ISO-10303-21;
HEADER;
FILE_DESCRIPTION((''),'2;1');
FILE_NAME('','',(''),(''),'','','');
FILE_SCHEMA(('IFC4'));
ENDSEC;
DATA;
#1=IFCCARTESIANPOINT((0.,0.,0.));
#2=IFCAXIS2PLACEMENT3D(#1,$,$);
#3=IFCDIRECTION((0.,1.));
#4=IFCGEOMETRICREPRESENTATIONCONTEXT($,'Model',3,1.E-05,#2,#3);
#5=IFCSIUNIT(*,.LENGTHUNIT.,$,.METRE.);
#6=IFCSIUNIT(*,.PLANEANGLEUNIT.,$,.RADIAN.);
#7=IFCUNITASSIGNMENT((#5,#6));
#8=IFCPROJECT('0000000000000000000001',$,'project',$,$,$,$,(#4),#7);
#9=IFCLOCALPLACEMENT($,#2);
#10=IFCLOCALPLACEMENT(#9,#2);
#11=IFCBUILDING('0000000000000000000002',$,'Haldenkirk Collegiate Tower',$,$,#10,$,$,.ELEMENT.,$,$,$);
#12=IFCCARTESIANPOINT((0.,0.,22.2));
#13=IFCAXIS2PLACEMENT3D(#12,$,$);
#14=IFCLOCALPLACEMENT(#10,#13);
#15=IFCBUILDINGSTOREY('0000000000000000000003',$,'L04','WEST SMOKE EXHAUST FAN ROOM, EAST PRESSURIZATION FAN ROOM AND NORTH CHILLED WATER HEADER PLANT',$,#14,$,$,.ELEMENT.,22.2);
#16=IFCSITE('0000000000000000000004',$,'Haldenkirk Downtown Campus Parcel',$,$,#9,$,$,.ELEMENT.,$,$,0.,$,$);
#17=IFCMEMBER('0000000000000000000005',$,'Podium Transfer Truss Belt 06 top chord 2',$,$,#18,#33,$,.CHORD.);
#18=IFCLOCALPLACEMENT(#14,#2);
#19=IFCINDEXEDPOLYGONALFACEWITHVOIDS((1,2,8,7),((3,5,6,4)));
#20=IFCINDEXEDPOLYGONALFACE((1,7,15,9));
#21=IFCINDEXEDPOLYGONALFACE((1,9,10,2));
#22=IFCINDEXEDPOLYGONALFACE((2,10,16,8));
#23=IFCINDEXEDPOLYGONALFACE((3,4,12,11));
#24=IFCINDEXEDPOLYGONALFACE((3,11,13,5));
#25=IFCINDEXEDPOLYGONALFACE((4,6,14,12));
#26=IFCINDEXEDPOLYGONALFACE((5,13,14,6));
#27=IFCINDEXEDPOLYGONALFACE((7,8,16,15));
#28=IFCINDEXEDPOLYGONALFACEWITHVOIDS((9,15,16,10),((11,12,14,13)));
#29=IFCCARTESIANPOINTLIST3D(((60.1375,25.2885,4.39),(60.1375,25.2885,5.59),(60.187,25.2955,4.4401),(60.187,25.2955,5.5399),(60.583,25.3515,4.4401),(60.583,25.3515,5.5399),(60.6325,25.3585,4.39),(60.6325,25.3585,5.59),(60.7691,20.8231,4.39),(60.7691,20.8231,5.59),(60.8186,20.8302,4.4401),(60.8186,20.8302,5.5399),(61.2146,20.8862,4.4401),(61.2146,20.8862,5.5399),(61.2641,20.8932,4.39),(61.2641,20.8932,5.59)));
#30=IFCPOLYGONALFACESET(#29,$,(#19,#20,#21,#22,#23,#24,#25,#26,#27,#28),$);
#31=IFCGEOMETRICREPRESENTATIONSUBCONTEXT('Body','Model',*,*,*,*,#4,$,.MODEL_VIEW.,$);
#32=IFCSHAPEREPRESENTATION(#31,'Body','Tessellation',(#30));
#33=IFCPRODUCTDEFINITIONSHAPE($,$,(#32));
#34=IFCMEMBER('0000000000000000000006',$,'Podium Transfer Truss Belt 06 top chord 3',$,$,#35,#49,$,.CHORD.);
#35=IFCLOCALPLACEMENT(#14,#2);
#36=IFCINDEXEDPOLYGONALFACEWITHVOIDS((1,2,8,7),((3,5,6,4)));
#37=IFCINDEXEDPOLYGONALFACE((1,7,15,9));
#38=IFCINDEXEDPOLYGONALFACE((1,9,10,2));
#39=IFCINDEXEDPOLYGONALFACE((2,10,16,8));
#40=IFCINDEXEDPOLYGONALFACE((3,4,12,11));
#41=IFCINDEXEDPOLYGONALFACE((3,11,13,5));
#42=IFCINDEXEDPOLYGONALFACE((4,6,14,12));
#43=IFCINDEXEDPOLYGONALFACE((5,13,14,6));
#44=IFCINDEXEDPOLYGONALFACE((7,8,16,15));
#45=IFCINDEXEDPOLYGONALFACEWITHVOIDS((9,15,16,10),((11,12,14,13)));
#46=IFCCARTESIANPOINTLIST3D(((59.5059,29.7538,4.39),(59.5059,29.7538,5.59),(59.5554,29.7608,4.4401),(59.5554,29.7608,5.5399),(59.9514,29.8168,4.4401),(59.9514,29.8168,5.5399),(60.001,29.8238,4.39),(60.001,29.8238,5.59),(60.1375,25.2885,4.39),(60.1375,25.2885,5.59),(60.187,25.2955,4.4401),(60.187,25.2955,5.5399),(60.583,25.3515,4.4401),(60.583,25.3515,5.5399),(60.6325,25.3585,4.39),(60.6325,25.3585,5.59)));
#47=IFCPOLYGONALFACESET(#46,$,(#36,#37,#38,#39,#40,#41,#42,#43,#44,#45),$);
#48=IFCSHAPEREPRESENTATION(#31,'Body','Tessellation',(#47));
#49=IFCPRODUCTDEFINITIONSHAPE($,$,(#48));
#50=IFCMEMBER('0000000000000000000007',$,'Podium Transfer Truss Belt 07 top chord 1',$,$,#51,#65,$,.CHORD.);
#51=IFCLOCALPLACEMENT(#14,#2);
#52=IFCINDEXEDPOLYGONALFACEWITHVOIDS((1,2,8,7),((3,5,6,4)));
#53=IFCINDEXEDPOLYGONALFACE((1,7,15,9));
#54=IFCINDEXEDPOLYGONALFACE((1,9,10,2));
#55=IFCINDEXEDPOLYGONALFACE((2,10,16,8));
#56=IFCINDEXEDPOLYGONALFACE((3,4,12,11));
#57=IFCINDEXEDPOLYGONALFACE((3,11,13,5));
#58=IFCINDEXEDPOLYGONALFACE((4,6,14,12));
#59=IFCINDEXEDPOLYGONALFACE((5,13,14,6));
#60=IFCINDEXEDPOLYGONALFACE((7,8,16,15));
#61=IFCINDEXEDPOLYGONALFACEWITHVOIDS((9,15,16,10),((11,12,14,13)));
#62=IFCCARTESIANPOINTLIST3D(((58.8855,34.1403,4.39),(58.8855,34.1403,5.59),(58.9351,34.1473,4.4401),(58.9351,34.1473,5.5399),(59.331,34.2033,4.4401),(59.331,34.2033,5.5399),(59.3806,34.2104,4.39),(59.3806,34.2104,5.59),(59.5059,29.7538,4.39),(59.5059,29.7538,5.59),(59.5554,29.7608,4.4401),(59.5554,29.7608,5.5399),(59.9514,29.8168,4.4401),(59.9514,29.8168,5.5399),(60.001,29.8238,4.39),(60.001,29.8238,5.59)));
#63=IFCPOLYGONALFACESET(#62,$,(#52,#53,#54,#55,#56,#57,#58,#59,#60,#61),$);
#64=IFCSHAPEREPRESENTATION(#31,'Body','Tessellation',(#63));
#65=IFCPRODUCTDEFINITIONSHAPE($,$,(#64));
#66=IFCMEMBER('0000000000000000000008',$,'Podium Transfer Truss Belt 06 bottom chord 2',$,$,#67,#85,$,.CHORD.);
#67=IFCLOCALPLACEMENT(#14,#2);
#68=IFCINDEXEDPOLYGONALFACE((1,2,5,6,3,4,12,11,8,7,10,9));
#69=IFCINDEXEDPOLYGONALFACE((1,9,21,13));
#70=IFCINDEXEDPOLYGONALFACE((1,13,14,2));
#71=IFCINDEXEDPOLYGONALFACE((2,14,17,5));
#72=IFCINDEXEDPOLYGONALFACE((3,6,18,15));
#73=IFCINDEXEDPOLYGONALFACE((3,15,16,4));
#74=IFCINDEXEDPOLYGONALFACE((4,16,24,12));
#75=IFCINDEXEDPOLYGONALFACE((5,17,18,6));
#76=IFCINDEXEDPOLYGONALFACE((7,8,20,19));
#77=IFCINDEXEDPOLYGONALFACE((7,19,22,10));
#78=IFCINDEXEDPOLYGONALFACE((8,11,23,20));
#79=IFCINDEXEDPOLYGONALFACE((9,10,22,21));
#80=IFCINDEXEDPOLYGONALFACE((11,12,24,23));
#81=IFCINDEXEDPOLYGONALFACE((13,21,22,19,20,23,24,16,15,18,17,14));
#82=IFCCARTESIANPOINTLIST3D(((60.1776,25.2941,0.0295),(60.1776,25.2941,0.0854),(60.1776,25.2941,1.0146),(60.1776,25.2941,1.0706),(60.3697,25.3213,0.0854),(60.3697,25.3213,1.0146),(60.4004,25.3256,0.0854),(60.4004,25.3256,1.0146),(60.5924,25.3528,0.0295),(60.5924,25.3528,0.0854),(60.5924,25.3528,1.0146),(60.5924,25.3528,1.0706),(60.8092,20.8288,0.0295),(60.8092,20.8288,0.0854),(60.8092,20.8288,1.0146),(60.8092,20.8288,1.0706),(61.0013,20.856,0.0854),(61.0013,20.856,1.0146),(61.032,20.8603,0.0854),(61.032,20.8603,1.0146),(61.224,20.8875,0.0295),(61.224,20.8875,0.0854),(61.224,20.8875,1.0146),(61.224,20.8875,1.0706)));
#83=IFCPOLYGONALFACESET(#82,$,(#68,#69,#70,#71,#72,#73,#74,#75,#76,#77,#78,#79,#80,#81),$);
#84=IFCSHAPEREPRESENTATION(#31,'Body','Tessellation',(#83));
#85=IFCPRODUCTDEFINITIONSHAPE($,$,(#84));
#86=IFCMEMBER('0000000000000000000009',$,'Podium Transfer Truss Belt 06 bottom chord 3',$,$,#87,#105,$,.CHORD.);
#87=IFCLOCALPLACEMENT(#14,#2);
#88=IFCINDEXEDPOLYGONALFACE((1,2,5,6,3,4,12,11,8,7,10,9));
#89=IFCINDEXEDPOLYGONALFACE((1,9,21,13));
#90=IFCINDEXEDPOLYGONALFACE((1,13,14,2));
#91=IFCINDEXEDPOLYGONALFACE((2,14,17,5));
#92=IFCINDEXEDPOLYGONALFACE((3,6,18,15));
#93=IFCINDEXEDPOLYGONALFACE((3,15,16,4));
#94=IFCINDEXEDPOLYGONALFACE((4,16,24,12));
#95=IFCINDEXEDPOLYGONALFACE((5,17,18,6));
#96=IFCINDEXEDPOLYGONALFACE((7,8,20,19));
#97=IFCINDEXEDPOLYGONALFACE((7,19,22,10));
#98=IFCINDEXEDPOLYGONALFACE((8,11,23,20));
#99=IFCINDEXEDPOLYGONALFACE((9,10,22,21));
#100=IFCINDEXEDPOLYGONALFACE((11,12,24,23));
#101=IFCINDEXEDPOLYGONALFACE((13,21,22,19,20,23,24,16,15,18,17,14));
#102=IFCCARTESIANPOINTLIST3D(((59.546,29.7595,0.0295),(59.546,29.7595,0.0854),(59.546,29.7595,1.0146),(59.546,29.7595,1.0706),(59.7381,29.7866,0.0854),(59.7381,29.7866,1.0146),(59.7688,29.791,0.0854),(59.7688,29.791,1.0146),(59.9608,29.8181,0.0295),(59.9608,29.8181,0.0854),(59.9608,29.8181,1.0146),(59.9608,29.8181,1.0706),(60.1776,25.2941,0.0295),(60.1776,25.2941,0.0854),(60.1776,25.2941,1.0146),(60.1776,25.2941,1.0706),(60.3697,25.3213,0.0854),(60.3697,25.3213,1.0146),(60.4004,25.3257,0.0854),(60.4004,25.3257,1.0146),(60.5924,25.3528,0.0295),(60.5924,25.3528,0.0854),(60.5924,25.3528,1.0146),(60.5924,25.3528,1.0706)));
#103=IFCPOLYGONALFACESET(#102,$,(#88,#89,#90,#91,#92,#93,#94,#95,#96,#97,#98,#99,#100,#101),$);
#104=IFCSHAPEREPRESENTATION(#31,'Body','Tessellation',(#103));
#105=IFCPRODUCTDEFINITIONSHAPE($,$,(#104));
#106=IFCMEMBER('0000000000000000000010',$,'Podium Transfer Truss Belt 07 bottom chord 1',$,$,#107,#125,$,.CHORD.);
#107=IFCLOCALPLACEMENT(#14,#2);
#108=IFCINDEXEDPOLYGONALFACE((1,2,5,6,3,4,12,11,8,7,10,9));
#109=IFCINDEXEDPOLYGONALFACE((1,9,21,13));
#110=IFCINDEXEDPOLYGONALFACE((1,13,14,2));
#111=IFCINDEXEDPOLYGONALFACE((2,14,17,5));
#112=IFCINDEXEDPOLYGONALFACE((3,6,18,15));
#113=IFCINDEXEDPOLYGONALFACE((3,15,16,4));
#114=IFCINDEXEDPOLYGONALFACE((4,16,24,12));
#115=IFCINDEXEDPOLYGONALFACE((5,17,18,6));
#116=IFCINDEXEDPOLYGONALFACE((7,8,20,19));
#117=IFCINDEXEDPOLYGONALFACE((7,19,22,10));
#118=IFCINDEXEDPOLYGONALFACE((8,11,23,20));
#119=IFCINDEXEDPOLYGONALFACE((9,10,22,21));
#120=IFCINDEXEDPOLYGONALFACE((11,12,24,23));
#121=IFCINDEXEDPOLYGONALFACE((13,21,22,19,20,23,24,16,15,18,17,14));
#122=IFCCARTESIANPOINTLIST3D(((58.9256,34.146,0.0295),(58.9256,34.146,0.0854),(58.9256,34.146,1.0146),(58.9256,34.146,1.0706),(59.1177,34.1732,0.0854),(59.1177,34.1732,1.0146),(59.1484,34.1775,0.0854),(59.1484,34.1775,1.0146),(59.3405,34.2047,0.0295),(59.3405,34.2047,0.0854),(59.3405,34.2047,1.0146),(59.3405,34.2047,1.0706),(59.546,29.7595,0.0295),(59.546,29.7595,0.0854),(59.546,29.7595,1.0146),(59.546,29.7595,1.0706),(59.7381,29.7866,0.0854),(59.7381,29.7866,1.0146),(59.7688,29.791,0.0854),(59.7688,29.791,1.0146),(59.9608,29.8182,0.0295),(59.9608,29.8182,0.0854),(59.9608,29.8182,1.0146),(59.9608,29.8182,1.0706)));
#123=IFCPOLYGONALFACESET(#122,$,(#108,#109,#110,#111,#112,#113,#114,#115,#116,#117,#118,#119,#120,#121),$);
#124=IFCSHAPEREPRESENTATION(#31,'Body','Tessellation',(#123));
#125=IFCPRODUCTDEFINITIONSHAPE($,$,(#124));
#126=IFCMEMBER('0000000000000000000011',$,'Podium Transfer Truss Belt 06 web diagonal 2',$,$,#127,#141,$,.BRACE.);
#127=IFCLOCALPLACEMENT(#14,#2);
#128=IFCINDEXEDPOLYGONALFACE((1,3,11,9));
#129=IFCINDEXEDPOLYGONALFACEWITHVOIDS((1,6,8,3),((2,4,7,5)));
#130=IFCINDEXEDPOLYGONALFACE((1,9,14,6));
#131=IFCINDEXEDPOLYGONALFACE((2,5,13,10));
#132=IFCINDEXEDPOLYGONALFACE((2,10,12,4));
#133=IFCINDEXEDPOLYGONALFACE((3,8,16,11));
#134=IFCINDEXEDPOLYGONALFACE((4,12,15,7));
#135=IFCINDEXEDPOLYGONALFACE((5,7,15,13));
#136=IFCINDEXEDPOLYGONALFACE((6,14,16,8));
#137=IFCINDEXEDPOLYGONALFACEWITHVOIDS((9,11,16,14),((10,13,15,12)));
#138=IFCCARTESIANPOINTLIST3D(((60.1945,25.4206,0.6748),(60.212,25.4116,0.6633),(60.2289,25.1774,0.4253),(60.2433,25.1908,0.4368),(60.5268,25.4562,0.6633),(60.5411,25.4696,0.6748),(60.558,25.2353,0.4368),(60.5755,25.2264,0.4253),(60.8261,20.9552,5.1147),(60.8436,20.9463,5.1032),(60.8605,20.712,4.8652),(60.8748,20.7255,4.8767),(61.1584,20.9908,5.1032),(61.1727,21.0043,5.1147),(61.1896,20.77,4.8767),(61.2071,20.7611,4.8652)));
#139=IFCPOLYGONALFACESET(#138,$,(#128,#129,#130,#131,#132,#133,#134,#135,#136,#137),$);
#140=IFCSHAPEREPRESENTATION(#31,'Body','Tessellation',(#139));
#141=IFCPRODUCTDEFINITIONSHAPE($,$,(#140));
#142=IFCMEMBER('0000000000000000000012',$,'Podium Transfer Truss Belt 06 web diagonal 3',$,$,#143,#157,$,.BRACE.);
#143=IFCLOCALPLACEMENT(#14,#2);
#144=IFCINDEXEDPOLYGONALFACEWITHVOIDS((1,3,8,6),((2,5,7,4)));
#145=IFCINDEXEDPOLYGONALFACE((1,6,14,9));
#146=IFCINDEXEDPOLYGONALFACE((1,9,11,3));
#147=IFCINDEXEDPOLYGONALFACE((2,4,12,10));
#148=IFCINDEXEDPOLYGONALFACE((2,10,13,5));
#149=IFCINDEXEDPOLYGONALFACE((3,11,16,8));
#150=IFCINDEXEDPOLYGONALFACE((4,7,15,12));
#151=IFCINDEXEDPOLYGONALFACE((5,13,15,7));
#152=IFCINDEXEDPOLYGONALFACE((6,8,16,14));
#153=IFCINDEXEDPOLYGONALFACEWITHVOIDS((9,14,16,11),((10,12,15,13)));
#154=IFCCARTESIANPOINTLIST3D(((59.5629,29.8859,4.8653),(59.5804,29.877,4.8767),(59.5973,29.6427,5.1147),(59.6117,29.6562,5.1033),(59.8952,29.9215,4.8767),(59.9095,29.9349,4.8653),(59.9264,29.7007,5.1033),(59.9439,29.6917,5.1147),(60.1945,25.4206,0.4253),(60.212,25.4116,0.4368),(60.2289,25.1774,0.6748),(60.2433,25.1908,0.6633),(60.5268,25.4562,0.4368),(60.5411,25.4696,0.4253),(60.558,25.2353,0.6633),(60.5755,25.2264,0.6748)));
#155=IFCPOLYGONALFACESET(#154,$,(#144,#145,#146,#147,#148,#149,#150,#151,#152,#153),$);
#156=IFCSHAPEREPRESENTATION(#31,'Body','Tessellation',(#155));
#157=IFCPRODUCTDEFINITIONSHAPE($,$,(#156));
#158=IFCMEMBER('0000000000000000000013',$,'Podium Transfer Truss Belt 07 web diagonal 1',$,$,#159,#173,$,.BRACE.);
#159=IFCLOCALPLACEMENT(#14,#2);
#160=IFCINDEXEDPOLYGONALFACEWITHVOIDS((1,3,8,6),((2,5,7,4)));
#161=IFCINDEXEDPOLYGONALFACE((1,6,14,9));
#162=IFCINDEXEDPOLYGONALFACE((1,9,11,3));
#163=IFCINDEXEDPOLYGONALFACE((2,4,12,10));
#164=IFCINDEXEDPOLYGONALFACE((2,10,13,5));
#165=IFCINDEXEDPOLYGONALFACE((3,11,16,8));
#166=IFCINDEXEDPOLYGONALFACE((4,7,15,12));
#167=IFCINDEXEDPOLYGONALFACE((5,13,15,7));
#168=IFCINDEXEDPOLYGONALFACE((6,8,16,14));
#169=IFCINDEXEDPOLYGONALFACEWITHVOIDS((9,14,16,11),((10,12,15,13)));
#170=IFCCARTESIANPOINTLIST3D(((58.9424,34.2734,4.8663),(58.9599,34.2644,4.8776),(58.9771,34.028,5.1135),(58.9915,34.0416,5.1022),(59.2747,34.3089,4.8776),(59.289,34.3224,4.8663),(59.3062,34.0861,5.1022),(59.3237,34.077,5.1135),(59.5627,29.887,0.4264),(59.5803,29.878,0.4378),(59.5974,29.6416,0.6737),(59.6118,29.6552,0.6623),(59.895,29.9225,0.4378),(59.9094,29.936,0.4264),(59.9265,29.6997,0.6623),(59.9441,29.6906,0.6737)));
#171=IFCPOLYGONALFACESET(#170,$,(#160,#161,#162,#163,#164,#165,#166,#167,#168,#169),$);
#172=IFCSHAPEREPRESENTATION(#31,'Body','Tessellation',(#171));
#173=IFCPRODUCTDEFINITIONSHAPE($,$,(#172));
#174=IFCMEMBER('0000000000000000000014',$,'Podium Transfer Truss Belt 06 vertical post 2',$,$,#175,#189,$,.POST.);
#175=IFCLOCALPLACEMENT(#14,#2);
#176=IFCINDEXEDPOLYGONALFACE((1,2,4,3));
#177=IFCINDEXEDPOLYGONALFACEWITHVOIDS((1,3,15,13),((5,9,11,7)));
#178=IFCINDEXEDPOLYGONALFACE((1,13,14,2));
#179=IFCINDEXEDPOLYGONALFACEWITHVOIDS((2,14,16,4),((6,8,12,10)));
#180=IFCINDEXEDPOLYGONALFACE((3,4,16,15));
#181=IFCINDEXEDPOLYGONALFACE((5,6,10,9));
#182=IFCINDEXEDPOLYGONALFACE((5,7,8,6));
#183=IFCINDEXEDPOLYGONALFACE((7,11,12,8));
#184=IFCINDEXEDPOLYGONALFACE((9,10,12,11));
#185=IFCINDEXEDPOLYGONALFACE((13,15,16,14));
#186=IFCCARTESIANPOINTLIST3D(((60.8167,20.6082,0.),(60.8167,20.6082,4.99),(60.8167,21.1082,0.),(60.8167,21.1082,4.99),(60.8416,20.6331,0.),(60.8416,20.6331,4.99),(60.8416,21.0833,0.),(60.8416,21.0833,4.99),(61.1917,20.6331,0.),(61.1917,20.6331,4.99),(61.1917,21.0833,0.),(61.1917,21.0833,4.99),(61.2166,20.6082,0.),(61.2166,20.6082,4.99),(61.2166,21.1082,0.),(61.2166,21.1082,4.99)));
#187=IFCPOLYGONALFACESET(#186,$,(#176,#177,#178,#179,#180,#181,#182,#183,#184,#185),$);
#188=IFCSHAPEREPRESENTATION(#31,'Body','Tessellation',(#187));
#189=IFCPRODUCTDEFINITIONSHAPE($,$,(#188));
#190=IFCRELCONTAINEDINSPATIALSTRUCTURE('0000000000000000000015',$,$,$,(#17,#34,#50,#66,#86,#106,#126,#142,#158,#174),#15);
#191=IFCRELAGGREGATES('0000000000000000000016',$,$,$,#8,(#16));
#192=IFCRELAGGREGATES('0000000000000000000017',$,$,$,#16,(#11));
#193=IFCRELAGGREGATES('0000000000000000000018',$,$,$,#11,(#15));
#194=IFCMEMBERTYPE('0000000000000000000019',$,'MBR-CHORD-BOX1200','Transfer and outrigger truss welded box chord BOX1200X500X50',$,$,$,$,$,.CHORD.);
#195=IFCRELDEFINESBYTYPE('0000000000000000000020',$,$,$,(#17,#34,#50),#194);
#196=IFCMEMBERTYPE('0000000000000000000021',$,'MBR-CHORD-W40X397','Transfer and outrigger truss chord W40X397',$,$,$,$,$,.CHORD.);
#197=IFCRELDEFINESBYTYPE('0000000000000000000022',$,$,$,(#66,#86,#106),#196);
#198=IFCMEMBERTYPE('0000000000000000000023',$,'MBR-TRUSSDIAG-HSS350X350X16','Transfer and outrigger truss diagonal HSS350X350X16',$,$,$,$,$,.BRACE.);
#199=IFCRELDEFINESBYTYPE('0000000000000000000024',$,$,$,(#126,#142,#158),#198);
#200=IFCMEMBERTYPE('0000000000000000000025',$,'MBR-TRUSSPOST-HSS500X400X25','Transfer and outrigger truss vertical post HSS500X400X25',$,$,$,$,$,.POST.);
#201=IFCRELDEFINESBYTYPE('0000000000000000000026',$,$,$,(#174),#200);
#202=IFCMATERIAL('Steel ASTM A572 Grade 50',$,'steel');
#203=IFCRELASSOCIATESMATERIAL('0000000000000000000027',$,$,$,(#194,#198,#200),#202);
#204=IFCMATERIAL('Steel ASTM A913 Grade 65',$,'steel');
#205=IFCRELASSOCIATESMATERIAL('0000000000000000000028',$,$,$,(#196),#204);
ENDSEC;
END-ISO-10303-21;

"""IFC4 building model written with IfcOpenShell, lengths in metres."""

from ifc_helpers import new_model, si_unit, direction, frame, origin, origin_2d, place, context, subcontext, project, spatial, hollow_rectangle, i_section, extrude, material, material_profile, profile_set, type_object, element, save


model = new_model("IFC4")

# Units and contexts
model_context = context("Model", 3, precision=1e-05, world=origin(), true_north=direction((0.0, 1.0)))
body_context = subcontext(model_context, "Body", "Model", "MODEL_VIEW")
ifc_project = project(units=[si_unit("LENGTHUNIT", "METRE"), si_unit("PLANEANGLEUNIT", "RADIAN")], contexts=[model_context])

# Site, building, storey
site_placement = place(None, origin())
site = spatial("IfcSite", under=ifc_project, at=site_placement, Name="Haldenkirk Downtown Campus Parcel", CompositionType="ELEMENT", RefElevation=0.0)
building_placement = place(site_placement, origin())
building = spatial("IfcBuilding", under=site, at=building_placement, Name="Haldenkirk Collegiate Tower", CompositionType="ELEMENT")
storey_placement = place(building_placement, frame((0.0, 0.0, 22.2)))
storey = spatial("IfcBuildingStorey", under=building, at=storey_placement, Name="L04", Description="WEST SMOKE EXHAUST FAN ROOM, EAST PRESSURIZATION FAN ROOM AND NORTH CHILLED WATER HEADER PLANT", CompositionType="ELEMENT", Elevation=22.2)

# Members
ifc_material_1 = material(Name="Steel ASTM A572 Grade 50", Category="steel")
ifc_material_profile_1 = material_profile(ifc_material_1, hollow_rectangle(XDim=0.5, YDim=1.2, WallThickness=0.05, at=origin_2d()), Name="BOX1200X500X50")
ifc_profile_set_1 = profile_set([ifc_material_profile_1], Name="Steel ASTM A572 Grade 50")
member_type_1 = type_object("IfcMemberType", Name="MBR-CHORD-BOX1200", Description="Transfer and outrigger truss welded box chord BOX1200X500X50", PredefinedType="CHORD", material=ifc_profile_set_1)
for number, where, z_axis, x_axis, name in (
    (1, (61.0166, 20.8582, 4.99), (-0.140049, 0.990145, 0.0), (-0.990145, -0.140049, 0.0), "Podium Transfer Truss Belt 06 top chord 2"),
    (2, (60.385, 25.3235, 4.99), (-0.140049, 0.990145, 0.0), (-0.990145, -0.140049, 0.0), "Podium Transfer Truss Belt 06 top chord 3"),
):
    element("IfcMember", number, at=place(storey_placement, frame(where, z_axis=z_axis, x_axis=x_axis)), inside=storey, type_object=member_type_1, Name=name, PredefinedType="CHORD", context=body_context, shape_type="SweptSolid", body=[
        extrude(hollow_rectangle(XDim=0.5, YDim=1.2, WallThickness=0.05, at=origin_2d()), origin(), (0.0, 0.0, 1.0), 4.5098),
    ])
member_1_placement = place(storey_placement, frame((59.7534, 29.7888, 4.99), z_axis=(-0.140032, 0.990147, 0.0), x_axis=(-0.990147, -0.140032, 0.0)))
element("IfcMember", 3, at=member_1_placement, inside=storey, type_object=member_type_1, Name="Podium Transfer Truss Belt 07 top chord 1", PredefinedType="CHORD", context=body_context, shape_type="SweptSolid", body=[
    extrude(hollow_rectangle(XDim=0.5, YDim=1.2, WallThickness=0.05, at=origin_2d()), origin(), (0.0, 0.0, 1.0), 4.4302),
])
ifc_material_2 = material(Name="Steel ASTM A913 Grade 65", Category="steel")
ifc_material_profile_2 = material_profile(ifc_material_2, i_section(OverallWidth=0.4189, OverallDepth=1.041, WebThickness=0.031, FlangeThickness=0.0559, at=origin_2d()), Name="W40X397")
ifc_profile_set_2 = profile_set([ifc_material_profile_2], Name="Steel ASTM A913 Grade 65")
member_type_2 = type_object("IfcMemberType", Name="MBR-CHORD-W40X397", Description="Transfer and outrigger truss chord W40X397", PredefinedType="CHORD", material=ifc_profile_set_2)
for number, where, z_axis, x_axis, name in (
    (4, (61.0166, 20.8582, 0.55), (-0.140049, 0.990145, 0.0), (-0.990145, -0.140049, 0.0), "Podium Transfer Truss Belt 06 bottom chord 2"),
    (5, (60.385, 25.3235, 0.55), (-0.140049, 0.990145, 0.0), (-0.990145, -0.140049, 0.0), "Podium Transfer Truss Belt 06 bottom chord 3"),
):
    element("IfcMember", number, at=place(storey_placement, frame(where, z_axis=z_axis, x_axis=x_axis)), inside=storey, type_object=member_type_2, Name=name, PredefinedType="CHORD", context=body_context, shape_type="SweptSolid", body=[
        extrude(i_section(OverallWidth=0.4189, OverallDepth=1.041, WebThickness=0.031, FlangeThickness=0.0559, at=origin_2d()), origin(), (0.0, 0.0, 1.0), 4.5098),
    ])
member_2_placement = place(storey_placement, frame((59.7534, 29.7888, 0.55), z_axis=(-0.140032, 0.990147, 0.0), x_axis=(-0.990147, -0.140032, 0.0)))
element("IfcMember", 6, at=member_2_placement, inside=storey, type_object=member_type_2, Name="Podium Transfer Truss Belt 07 bottom chord 1", PredefinedType="CHORD", context=body_context, shape_type="SweptSolid", body=[
    extrude(i_section(OverallWidth=0.4189, OverallDepth=1.041, WebThickness=0.031, FlangeThickness=0.0559, at=origin_2d()), origin(), (0.0, 0.0, 1.0), 4.4302),
])
ifc_material_profile_3 = material_profile(ifc_material_1, hollow_rectangle(XDim=0.3501, YDim=0.3501, WallThickness=0.0161, at=origin_2d()), Name="HSS350X350X16")
ifc_profile_set_3 = profile_set([ifc_material_profile_3], Name="Steel ASTM A572 Grade 50")
member_type_3 = type_object("IfcMemberType", Name="MBR-TRUSSDIAG-HSS350X350X16", Description="Transfer and outrigger truss diagonal HSS350X350X16", PredefinedType="BRACE", material=ifc_profile_set_3)
for number, where, z_axis, x_axis, name in (
    (7, (61.0166, 20.8582, 4.99), (-0.0998, 0.70558, -0.701568), (-0.990145, -0.140049, 0.0), "Podium Transfer Truss Belt 06 web diagonal 2"),
    (8, (60.385, 25.3235, 0.55), (-0.0998, 0.70558, 0.701568), (-0.990145, -0.140049, 0.0), "Podium Transfer Truss Belt 06 web diagonal 3"),
):
    element("IfcMember", number, at=place(storey_placement, frame(where, z_axis=z_axis, x_axis=x_axis)), inside=storey, type_object=member_type_3, Name=name, PredefinedType="BRACE", context=body_context, shape_type="SweptSolid", body=[
        extrude(hollow_rectangle(XDim=0.3501, YDim=0.3501, WallThickness=0.0161, at=origin_2d()), origin(), (0.0, 0.0, 1.0), 6.3286),
    ])
member_3_placement = place(storey_placement, frame((59.7534, 29.7888, 0.55), z_axis=(-0.098908, 0.699364, 0.707889), x_axis=(-0.990147, -0.140032, 0.0)))
element("IfcMember", 9, at=member_3_placement, inside=storey, type_object=member_type_3, Name="Podium Transfer Truss Belt 07 web diagonal 1", PredefinedType="BRACE", context=body_context, shape_type="SweptSolid", body=[
    extrude(hollow_rectangle(XDim=0.3501, YDim=0.3501, WallThickness=0.0161, at=origin_2d()), origin(), (0.0, 0.0, 1.0), 6.272),
])
ifc_material_profile_4 = material_profile(ifc_material_1, hollow_rectangle(XDim=0.3999, YDim=0.5, WallThickness=0.0249, at=origin_2d()), Name="HSS500X400X25")
ifc_profile_set_4 = profile_set([ifc_material_profile_4], Name="Steel ASTM A572 Grade 50")
member_type_4 = type_object("IfcMemberType", Name="MBR-TRUSSPOST-HSS500X400X25", Description="Transfer and outrigger truss vertical post HSS500X400X25", PredefinedType="POST", material=ifc_profile_set_4)
for number, where, z_axis, x_axis, name in (
    (10, (61.0166, 20.8582, 0.0), (0.0, 0.0, 1.0), (1.0, 0.0, 0.0), "Podium Transfer Truss Belt 06 vertical post 2"),
):
    element("IfcMember", number, at=place(storey_placement, frame(where, z_axis=z_axis, x_axis=x_axis)), inside=storey, type_object=member_type_4, Name=name, PredefinedType="POST", context=body_context, shape_type="SweptSolid", body=[
        extrude(hollow_rectangle(XDim=0.3999, YDim=0.5, WallThickness=0.0249, at=origin_2d()), origin(), (0.0, 0.0, 1.0), 4.99),
    ])

save(model, "model.ifc")
